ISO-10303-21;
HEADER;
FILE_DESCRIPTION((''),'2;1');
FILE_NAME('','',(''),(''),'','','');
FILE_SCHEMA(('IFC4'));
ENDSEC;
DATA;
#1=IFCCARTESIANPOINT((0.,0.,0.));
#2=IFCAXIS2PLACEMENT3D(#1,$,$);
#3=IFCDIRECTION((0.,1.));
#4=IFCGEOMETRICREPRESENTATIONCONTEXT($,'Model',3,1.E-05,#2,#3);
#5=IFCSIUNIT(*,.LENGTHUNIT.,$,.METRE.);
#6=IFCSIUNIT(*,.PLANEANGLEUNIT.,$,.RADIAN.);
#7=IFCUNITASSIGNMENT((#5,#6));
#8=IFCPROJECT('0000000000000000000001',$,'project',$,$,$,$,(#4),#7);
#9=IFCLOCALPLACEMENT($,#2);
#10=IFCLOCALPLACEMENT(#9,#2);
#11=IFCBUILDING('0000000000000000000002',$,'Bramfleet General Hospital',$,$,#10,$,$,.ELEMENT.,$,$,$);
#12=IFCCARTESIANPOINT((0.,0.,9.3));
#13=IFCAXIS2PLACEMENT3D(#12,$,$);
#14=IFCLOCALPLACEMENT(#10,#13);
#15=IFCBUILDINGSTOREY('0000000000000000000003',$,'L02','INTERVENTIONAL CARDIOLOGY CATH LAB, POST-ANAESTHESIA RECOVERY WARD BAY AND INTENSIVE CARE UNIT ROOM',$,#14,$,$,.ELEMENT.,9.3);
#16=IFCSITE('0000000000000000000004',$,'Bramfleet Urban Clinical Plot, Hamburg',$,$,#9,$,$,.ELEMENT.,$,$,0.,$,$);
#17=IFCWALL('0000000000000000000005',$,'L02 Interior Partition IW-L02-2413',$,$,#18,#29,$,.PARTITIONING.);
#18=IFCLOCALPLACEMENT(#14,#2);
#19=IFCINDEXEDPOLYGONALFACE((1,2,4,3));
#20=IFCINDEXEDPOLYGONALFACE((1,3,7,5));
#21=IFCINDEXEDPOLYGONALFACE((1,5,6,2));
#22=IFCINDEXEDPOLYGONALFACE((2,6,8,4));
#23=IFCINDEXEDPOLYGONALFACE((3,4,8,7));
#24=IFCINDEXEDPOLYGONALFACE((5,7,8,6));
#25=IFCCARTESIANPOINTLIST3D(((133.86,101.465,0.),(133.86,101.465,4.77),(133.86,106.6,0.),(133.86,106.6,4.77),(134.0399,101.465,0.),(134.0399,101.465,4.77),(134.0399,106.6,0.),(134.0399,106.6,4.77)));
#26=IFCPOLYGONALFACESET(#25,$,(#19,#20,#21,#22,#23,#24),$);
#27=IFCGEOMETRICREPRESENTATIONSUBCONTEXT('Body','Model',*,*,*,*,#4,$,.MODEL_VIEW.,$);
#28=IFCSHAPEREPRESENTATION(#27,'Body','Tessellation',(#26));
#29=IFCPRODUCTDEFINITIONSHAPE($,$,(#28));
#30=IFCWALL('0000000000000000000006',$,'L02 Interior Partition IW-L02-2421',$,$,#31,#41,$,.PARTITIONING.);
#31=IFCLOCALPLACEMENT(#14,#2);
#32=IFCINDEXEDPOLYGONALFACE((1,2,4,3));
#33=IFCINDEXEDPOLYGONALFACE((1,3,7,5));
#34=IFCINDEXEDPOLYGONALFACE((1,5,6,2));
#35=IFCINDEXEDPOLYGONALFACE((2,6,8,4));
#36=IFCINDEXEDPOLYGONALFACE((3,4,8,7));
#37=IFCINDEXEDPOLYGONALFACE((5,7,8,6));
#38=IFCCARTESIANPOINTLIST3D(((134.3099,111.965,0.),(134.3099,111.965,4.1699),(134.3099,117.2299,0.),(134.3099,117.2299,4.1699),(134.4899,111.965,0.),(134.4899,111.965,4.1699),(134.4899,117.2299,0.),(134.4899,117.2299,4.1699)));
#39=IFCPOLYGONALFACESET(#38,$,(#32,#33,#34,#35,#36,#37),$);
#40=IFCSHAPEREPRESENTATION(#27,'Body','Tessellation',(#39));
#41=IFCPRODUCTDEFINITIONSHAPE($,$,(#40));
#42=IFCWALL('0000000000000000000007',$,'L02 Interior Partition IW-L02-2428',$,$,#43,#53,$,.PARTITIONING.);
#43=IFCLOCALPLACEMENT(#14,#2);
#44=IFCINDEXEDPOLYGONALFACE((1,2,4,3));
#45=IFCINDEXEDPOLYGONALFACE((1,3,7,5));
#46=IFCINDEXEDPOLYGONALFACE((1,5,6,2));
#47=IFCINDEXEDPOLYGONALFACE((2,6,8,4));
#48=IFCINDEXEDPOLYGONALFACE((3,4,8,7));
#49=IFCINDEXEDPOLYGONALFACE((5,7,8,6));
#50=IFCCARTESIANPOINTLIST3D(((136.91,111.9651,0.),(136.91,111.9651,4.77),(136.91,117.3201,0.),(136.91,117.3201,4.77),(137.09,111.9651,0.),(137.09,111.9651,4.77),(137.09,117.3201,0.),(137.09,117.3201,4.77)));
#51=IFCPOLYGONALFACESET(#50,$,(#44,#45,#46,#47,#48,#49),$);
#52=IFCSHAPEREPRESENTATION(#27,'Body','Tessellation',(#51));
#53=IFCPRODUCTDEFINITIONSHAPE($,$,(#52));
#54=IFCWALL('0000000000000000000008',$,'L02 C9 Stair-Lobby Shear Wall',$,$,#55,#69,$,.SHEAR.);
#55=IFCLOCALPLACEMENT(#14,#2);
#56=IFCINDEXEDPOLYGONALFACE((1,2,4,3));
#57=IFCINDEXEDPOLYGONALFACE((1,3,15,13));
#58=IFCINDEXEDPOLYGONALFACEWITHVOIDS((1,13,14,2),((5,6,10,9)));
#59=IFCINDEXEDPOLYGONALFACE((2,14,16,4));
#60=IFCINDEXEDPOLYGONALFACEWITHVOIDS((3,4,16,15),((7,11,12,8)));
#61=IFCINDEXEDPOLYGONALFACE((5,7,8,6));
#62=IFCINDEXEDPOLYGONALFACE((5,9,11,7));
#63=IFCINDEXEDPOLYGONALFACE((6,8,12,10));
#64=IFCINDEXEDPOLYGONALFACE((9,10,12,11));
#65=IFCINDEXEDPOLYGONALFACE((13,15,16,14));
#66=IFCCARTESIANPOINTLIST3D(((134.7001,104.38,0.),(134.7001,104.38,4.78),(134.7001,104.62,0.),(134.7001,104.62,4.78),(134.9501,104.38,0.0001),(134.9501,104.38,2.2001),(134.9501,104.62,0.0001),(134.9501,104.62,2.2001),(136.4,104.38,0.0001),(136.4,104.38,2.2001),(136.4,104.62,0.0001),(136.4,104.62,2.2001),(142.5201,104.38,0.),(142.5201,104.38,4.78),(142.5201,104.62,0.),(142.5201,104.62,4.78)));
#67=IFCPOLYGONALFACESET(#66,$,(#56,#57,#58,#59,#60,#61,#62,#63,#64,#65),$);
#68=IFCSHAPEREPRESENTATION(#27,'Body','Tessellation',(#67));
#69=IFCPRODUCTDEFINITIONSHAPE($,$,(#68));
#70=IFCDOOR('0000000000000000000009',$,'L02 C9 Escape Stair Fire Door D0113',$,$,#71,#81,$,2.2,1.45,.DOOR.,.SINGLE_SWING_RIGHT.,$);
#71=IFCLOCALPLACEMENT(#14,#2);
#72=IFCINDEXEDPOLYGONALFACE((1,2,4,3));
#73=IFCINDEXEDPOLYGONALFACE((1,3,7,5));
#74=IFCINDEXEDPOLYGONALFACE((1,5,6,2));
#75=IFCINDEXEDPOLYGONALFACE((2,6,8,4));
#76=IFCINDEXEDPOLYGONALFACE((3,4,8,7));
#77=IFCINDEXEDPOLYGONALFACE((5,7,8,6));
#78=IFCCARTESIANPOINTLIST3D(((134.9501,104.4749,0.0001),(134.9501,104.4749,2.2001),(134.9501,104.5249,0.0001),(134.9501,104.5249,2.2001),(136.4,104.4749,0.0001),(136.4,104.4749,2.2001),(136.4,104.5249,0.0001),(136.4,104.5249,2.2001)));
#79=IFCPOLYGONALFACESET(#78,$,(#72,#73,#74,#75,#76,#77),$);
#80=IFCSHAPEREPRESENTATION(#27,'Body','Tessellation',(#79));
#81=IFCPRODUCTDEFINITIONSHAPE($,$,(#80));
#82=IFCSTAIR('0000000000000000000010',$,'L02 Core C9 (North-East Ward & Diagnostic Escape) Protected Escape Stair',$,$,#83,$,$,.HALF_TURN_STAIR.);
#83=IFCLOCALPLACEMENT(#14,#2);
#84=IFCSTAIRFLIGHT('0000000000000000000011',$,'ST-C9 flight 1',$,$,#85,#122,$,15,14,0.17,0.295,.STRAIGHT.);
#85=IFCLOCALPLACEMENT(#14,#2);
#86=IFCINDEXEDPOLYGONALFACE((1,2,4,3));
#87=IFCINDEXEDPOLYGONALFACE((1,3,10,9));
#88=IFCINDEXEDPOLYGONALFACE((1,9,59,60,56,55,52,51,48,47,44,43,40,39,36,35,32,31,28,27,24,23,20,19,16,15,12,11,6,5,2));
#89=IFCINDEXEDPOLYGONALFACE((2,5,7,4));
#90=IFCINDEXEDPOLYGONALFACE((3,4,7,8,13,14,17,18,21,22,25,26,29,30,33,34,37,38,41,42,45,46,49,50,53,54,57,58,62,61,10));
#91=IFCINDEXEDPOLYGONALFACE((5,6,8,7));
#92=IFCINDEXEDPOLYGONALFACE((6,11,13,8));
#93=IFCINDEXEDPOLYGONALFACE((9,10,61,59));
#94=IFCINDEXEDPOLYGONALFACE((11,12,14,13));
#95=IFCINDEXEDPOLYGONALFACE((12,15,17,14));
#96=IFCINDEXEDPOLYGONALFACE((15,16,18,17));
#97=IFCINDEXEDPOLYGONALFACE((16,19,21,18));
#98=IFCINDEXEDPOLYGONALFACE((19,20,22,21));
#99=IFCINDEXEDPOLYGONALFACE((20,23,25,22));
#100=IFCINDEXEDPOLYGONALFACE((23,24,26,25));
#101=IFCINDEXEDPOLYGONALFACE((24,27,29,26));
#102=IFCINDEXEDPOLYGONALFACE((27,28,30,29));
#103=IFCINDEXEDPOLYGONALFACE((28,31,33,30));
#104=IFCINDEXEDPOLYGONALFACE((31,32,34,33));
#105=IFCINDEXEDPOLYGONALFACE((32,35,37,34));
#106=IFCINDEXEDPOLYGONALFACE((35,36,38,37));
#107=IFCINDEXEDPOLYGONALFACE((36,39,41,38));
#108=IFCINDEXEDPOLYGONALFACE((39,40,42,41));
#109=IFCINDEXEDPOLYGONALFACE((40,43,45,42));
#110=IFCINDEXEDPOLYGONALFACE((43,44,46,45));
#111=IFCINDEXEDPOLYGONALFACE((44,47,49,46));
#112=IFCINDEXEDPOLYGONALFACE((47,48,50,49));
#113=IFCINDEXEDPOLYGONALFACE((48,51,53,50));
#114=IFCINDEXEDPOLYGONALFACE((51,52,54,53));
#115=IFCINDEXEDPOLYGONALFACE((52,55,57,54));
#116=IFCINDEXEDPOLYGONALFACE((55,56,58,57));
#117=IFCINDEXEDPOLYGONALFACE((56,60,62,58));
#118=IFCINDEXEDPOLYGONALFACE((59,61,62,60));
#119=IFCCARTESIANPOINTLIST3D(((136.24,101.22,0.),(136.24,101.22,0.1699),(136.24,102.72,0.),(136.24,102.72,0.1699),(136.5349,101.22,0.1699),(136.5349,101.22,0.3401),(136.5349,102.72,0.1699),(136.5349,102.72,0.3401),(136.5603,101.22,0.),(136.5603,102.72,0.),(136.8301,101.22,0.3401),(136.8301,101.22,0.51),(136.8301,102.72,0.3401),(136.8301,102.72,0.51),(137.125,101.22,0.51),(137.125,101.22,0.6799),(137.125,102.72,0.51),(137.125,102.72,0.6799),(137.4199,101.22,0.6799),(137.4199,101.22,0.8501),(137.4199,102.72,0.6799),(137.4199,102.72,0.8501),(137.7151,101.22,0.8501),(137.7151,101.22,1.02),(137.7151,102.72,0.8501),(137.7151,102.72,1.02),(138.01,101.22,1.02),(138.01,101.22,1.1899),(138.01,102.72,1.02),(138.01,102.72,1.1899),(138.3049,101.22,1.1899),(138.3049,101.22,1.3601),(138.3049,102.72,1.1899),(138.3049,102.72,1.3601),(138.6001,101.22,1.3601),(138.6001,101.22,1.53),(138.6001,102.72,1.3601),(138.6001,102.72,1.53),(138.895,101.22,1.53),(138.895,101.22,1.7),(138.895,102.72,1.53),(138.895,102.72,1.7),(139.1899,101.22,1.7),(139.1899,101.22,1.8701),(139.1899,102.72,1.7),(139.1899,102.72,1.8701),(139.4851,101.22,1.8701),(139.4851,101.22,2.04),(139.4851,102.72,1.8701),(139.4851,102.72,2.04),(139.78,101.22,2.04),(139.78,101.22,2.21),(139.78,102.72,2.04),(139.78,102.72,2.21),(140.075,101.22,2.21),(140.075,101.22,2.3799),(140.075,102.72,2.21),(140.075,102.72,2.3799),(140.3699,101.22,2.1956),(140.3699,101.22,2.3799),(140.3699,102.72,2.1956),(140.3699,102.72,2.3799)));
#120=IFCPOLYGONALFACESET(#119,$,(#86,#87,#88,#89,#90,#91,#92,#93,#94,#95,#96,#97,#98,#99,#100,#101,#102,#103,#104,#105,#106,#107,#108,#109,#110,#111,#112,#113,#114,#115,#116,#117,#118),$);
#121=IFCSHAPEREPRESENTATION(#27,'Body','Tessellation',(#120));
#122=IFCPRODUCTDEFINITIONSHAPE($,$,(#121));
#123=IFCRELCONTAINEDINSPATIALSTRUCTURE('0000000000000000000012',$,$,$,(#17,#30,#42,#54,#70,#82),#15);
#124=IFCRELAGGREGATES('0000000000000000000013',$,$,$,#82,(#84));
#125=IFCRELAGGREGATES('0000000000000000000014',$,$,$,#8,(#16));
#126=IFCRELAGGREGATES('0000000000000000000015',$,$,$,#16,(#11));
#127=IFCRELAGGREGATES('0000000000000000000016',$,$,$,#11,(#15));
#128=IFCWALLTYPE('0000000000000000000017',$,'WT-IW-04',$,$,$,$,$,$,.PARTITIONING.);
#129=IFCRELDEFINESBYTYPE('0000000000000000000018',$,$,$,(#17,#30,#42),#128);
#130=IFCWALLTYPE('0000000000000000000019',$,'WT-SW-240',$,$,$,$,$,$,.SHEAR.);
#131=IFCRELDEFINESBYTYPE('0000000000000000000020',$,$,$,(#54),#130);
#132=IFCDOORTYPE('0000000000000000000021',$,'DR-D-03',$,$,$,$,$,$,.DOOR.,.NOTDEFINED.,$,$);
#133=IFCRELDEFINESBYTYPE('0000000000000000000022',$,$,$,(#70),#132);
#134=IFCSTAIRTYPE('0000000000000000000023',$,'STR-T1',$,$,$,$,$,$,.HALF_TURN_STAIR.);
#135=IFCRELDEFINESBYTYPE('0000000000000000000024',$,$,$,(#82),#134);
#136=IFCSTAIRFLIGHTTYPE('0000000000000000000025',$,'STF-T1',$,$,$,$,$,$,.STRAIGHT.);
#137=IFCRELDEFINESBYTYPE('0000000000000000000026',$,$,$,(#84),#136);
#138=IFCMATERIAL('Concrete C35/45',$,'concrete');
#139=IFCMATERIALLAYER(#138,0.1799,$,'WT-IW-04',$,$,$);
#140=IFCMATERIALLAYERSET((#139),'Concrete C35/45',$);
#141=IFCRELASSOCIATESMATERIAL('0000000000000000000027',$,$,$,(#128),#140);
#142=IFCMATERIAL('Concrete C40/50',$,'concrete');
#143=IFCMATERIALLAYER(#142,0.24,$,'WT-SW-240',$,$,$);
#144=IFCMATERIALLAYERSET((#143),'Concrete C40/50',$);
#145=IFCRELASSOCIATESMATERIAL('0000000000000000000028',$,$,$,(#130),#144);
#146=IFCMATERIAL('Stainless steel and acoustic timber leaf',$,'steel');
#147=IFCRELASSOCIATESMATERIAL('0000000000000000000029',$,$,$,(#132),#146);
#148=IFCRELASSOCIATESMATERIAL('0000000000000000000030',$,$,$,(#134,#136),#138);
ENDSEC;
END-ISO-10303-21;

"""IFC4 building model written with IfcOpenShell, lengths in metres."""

from ifc_helpers import new_model, si_unit, direction, frame, frame_2d, origin, place, context, subcontext, project, spatial, polyline, rectangle, outline, extrude, material, layer, layer_set, type_object, element, fill, aggregate, save


model = new_model("IFC4")

# Units and contexts
model_context = context("Model", 3, precision=1e-05, world=origin(), true_north=direction((0.0, 1.0)))
body_context = subcontext(model_context, "Body", "Model", "MODEL_VIEW")
ifc_project = project(units=[si_unit("LENGTHUNIT", "METRE"), si_unit("PLANEANGLEUNIT", "RADIAN")], contexts=[model_context])

# Site, building, storey
site_placement = place(None, origin())
site = spatial("IfcSite", under=ifc_project, at=site_placement, Name="Bramfleet Urban Clinical Plot, Hamburg", CompositionType="ELEMENT", RefElevation=0.0)
building_placement = place(site_placement, origin())
building = spatial("IfcBuilding", under=site, at=building_placement, Name="Bramfleet General Hospital", CompositionType="ELEMENT")
storey_placement = place(building_placement, frame((0.0, 0.0, 9.3)))
storey = spatial("IfcBuildingStorey", under=building, at=storey_placement, Name="L02", Description="INTERVENTIONAL CARDIOLOGY CATH LAB, POST-ANAESTHESIA RECOVERY WARD BAY AND INTENSIVE CARE UNIT ROOM", CompositionType="ELEMENT", Elevation=9.3)

# Shared definitions
ifc_material_1 = material(Name="Concrete C40/50", Category="concrete")

# Shared definitions
ifc_material_2 = material(Name="Concrete C35/45", Category="concrete")

# Shared definitions
ifc_material_3 = material(Name="Stainless steel and acoustic timber leaf", Category="steel")
ifc_layer_1 = layer(ifc_material_2, 0.1799, Name="WT-IW-04")
ifc_layer_set_1 = layer_set([ifc_layer_1], Name="Concrete C35/45")
wall_type_1 = type_object("IfcWallType", Name="WT-IW-04", PredefinedType="PARTITIONING", material=ifc_layer_set_1)

# Walls
wall_1_placement = place(storey_placement, frame((133.95, 101.4651, 0.0), z_axis=(0.0, 0.0, 1.0), x_axis=(0.0, 1.0, 0.0)))
element("IfcWall", 1, at=wall_1_placement, inside=storey, type_object=wall_type_1, Name="L02 Interior Partition IW-L02-2413", PredefinedType="PARTITIONING", context=body_context, shape_type="SweptSolid", body=[
    extrude(rectangle(XDim=5.135, YDim=0.1799, at=frame_2d((2.5674, 0.0))), origin(), (0.0, 0.0, 1.0), 4.77),
])
wall_2_placement = place(storey_placement, frame((134.3999, 111.9651, 0.0), z_axis=(0.0, 0.0, 1.0), x_axis=(0.0, 1.0, 0.0)))
element("IfcWall", 2, at=wall_2_placement, inside=storey, type_object=wall_type_1, Name="L02 Interior Partition IW-L02-2421", PredefinedType="PARTITIONING", context=body_context, shape_type="SweptSolid", body=[
    extrude(rectangle(XDim=5.2649, YDim=0.1799, at=frame_2d((2.6323, 0.0))), origin(), (0.0, 0.0, 1.0), 4.1699),
])
wall_3_placement = place(storey_placement, frame((137.0, 111.9651, 0.0), z_axis=(0.0, 0.0, 1.0), x_axis=(0.0, 1.0, 0.0)))
element("IfcWall", 3, at=wall_3_placement, inside=storey, type_object=wall_type_1, Name="L02 Interior Partition IW-L02-2428", PredefinedType="PARTITIONING", context=body_context, shape_type="SweptSolid", body=[
    extrude(rectangle(XDim=5.355, YDim=0.1799, at=frame_2d((2.6775, 0.0))), origin(), (0.0, 0.0, 1.0), 4.77),
])

# Wall, opening, door
ifc_layer_2 = layer(ifc_material_1, 0.24, Name="WT-SW-240")
ifc_layer_set_2 = layer_set([ifc_layer_2], Name="Concrete C40/50")
wall_type_2 = type_object("IfcWallType", Name="WT-SW-240", PredefinedType="SHEAR", material=ifc_layer_set_2)
wall_4_placement = place(storey_placement, frame((134.7, 104.5, 0.0), z_axis=(0.0, 0.0, 1.0), x_axis=(1.0, 0.0, 0.0)))
wall_4 = element("IfcWall", 4, at=wall_4_placement, inside=storey, type_object=wall_type_2, Name="L02 C9 Stair-Lobby Shear Wall", PredefinedType="SHEAR", context=body_context, shape_type="SweptSolid", body=[
    extrude(rectangle(XDim=7.8201, YDim=0.24, at=frame_2d((3.9102, 0.0))), origin(), (0.0, 0.0, 1.0), 4.78),
])
opening_1_placement = place(wall_4_placement, frame((0.25, 0.0, 0.0)))
opening_1 = element("IfcOpeningElement", 5, at=opening_1_placement, cuts=wall_4, PredefinedType="OPENING", context=body_context, shape_type="SweptSolid", body=[
    extrude(rectangle(XDim=1.45, YDim=2.2, at=frame_2d((0.7251, 1.1001))), frame((0.0, 0.1299, 0.0), z_axis=(0.0, -1.0, 0.0), x_axis=(1.0, 0.0, 0.0)), (0.0, 0.0, 1.0), 0.26),
])
door_type_1 = type_object("IfcDoorType", Name="DR-D-03", OperationType="NOTDEFINED", PredefinedType="DOOR", material=ifc_material_3)
door_1_placement = place(opening_1_placement, origin())
door_1 = element("IfcDoor", 6, at=door_1_placement, inside=storey, type_object=door_type_1, Name="L02 C9 Escape Stair Fire Door D0113", OperationType="SINGLE_SWING_RIGHT", OverallHeight=2.2, OverallWidth=1.45, PredefinedType="DOOR", context=body_context, shape_type="SweptSolid", body=[
    extrude(rectangle(XDim=1.45, YDim=2.2, at=frame_2d((0.7251, 1.1001))), frame((0.0, 0.0249, 0.0), z_axis=(0.0, -1.0, 0.0), x_axis=(1.0, 0.0, 0.0)), (0.0, 0.0, 1.0), 0.05),
])
fill(opening_1, door_1)

# Stair, stair flight
stair_type = type_object("IfcStairType", Name="STR-T1", PredefinedType="HALF_TURN_STAIR", material=ifc_material_2)
stair_placement = place(storey_placement, origin())
stair = element("IfcStair", 7, at=stair_placement, inside=storey, type_object=stair_type, Name="L02 Core C9 (North-East Ward & Diagnostic Escape) Protected Escape Stair", PredefinedType="HALF_TURN_STAIR")
stair_flight_type = type_object("IfcStairFlightType", Name="STF-T1", PredefinedType="STRAIGHT", material=ifc_material_2)
stair_flight_placement = place(storey_placement, frame((136.24, 101.97, 0.0), z_axis=(0.0, 0.0, 1.0), x_axis=(1.0, 0.0, 0.0)))
stair_flight = element("IfcStairFlight", 8, at=stair_flight_placement, type_object=stair_flight_type, Name="ST-C9 flight 1", NumberOfRisers=15, NumberOfTreads=14, PredefinedType="STRAIGHT", RiserHeight=0.17, TreadLength=0.295, context=body_context, shape_type="SweptSolid", body=[
    extrude(outline(polyline([(0.0, 0.0), (0.0, 0.1699), (0.2949, 0.1699), (0.2949, 0.3401), (0.5901, 0.3401), (0.5901, 0.51), (0.885, 0.51), (0.885, 0.6799), (1.1799, 0.6799), (1.1799, 0.8501), (1.4751, 0.8501), (1.4751, 1.02), (1.77, 1.02), (1.77, 1.1899), (2.0649, 1.1899), (2.0649, 1.3601), (2.3601, 1.3601), (2.3601, 1.53), (2.655, 1.53), (2.655, 1.7), (2.95, 1.7), (2.95, 1.8701), (3.2451, 1.8701), (3.2451, 2.04), (3.54, 2.04), (3.54, 2.21), (3.835, 2.21), (3.835, 2.3799), (4.1299, 2.3799), (4.1299, 2.55), (4.1299, 2.1956), (0.3203, 0.0), (0.0, 0.0)])), frame((0.0, 0.75, 0.0), z_axis=(0.0, -1.0, 0.0), x_axis=(1.0, 0.0, 0.0)), (0.0, 0.0, 1.0), 1.5),
])
aggregate(stair, [stair_flight])

save(model, "model.ifc")
